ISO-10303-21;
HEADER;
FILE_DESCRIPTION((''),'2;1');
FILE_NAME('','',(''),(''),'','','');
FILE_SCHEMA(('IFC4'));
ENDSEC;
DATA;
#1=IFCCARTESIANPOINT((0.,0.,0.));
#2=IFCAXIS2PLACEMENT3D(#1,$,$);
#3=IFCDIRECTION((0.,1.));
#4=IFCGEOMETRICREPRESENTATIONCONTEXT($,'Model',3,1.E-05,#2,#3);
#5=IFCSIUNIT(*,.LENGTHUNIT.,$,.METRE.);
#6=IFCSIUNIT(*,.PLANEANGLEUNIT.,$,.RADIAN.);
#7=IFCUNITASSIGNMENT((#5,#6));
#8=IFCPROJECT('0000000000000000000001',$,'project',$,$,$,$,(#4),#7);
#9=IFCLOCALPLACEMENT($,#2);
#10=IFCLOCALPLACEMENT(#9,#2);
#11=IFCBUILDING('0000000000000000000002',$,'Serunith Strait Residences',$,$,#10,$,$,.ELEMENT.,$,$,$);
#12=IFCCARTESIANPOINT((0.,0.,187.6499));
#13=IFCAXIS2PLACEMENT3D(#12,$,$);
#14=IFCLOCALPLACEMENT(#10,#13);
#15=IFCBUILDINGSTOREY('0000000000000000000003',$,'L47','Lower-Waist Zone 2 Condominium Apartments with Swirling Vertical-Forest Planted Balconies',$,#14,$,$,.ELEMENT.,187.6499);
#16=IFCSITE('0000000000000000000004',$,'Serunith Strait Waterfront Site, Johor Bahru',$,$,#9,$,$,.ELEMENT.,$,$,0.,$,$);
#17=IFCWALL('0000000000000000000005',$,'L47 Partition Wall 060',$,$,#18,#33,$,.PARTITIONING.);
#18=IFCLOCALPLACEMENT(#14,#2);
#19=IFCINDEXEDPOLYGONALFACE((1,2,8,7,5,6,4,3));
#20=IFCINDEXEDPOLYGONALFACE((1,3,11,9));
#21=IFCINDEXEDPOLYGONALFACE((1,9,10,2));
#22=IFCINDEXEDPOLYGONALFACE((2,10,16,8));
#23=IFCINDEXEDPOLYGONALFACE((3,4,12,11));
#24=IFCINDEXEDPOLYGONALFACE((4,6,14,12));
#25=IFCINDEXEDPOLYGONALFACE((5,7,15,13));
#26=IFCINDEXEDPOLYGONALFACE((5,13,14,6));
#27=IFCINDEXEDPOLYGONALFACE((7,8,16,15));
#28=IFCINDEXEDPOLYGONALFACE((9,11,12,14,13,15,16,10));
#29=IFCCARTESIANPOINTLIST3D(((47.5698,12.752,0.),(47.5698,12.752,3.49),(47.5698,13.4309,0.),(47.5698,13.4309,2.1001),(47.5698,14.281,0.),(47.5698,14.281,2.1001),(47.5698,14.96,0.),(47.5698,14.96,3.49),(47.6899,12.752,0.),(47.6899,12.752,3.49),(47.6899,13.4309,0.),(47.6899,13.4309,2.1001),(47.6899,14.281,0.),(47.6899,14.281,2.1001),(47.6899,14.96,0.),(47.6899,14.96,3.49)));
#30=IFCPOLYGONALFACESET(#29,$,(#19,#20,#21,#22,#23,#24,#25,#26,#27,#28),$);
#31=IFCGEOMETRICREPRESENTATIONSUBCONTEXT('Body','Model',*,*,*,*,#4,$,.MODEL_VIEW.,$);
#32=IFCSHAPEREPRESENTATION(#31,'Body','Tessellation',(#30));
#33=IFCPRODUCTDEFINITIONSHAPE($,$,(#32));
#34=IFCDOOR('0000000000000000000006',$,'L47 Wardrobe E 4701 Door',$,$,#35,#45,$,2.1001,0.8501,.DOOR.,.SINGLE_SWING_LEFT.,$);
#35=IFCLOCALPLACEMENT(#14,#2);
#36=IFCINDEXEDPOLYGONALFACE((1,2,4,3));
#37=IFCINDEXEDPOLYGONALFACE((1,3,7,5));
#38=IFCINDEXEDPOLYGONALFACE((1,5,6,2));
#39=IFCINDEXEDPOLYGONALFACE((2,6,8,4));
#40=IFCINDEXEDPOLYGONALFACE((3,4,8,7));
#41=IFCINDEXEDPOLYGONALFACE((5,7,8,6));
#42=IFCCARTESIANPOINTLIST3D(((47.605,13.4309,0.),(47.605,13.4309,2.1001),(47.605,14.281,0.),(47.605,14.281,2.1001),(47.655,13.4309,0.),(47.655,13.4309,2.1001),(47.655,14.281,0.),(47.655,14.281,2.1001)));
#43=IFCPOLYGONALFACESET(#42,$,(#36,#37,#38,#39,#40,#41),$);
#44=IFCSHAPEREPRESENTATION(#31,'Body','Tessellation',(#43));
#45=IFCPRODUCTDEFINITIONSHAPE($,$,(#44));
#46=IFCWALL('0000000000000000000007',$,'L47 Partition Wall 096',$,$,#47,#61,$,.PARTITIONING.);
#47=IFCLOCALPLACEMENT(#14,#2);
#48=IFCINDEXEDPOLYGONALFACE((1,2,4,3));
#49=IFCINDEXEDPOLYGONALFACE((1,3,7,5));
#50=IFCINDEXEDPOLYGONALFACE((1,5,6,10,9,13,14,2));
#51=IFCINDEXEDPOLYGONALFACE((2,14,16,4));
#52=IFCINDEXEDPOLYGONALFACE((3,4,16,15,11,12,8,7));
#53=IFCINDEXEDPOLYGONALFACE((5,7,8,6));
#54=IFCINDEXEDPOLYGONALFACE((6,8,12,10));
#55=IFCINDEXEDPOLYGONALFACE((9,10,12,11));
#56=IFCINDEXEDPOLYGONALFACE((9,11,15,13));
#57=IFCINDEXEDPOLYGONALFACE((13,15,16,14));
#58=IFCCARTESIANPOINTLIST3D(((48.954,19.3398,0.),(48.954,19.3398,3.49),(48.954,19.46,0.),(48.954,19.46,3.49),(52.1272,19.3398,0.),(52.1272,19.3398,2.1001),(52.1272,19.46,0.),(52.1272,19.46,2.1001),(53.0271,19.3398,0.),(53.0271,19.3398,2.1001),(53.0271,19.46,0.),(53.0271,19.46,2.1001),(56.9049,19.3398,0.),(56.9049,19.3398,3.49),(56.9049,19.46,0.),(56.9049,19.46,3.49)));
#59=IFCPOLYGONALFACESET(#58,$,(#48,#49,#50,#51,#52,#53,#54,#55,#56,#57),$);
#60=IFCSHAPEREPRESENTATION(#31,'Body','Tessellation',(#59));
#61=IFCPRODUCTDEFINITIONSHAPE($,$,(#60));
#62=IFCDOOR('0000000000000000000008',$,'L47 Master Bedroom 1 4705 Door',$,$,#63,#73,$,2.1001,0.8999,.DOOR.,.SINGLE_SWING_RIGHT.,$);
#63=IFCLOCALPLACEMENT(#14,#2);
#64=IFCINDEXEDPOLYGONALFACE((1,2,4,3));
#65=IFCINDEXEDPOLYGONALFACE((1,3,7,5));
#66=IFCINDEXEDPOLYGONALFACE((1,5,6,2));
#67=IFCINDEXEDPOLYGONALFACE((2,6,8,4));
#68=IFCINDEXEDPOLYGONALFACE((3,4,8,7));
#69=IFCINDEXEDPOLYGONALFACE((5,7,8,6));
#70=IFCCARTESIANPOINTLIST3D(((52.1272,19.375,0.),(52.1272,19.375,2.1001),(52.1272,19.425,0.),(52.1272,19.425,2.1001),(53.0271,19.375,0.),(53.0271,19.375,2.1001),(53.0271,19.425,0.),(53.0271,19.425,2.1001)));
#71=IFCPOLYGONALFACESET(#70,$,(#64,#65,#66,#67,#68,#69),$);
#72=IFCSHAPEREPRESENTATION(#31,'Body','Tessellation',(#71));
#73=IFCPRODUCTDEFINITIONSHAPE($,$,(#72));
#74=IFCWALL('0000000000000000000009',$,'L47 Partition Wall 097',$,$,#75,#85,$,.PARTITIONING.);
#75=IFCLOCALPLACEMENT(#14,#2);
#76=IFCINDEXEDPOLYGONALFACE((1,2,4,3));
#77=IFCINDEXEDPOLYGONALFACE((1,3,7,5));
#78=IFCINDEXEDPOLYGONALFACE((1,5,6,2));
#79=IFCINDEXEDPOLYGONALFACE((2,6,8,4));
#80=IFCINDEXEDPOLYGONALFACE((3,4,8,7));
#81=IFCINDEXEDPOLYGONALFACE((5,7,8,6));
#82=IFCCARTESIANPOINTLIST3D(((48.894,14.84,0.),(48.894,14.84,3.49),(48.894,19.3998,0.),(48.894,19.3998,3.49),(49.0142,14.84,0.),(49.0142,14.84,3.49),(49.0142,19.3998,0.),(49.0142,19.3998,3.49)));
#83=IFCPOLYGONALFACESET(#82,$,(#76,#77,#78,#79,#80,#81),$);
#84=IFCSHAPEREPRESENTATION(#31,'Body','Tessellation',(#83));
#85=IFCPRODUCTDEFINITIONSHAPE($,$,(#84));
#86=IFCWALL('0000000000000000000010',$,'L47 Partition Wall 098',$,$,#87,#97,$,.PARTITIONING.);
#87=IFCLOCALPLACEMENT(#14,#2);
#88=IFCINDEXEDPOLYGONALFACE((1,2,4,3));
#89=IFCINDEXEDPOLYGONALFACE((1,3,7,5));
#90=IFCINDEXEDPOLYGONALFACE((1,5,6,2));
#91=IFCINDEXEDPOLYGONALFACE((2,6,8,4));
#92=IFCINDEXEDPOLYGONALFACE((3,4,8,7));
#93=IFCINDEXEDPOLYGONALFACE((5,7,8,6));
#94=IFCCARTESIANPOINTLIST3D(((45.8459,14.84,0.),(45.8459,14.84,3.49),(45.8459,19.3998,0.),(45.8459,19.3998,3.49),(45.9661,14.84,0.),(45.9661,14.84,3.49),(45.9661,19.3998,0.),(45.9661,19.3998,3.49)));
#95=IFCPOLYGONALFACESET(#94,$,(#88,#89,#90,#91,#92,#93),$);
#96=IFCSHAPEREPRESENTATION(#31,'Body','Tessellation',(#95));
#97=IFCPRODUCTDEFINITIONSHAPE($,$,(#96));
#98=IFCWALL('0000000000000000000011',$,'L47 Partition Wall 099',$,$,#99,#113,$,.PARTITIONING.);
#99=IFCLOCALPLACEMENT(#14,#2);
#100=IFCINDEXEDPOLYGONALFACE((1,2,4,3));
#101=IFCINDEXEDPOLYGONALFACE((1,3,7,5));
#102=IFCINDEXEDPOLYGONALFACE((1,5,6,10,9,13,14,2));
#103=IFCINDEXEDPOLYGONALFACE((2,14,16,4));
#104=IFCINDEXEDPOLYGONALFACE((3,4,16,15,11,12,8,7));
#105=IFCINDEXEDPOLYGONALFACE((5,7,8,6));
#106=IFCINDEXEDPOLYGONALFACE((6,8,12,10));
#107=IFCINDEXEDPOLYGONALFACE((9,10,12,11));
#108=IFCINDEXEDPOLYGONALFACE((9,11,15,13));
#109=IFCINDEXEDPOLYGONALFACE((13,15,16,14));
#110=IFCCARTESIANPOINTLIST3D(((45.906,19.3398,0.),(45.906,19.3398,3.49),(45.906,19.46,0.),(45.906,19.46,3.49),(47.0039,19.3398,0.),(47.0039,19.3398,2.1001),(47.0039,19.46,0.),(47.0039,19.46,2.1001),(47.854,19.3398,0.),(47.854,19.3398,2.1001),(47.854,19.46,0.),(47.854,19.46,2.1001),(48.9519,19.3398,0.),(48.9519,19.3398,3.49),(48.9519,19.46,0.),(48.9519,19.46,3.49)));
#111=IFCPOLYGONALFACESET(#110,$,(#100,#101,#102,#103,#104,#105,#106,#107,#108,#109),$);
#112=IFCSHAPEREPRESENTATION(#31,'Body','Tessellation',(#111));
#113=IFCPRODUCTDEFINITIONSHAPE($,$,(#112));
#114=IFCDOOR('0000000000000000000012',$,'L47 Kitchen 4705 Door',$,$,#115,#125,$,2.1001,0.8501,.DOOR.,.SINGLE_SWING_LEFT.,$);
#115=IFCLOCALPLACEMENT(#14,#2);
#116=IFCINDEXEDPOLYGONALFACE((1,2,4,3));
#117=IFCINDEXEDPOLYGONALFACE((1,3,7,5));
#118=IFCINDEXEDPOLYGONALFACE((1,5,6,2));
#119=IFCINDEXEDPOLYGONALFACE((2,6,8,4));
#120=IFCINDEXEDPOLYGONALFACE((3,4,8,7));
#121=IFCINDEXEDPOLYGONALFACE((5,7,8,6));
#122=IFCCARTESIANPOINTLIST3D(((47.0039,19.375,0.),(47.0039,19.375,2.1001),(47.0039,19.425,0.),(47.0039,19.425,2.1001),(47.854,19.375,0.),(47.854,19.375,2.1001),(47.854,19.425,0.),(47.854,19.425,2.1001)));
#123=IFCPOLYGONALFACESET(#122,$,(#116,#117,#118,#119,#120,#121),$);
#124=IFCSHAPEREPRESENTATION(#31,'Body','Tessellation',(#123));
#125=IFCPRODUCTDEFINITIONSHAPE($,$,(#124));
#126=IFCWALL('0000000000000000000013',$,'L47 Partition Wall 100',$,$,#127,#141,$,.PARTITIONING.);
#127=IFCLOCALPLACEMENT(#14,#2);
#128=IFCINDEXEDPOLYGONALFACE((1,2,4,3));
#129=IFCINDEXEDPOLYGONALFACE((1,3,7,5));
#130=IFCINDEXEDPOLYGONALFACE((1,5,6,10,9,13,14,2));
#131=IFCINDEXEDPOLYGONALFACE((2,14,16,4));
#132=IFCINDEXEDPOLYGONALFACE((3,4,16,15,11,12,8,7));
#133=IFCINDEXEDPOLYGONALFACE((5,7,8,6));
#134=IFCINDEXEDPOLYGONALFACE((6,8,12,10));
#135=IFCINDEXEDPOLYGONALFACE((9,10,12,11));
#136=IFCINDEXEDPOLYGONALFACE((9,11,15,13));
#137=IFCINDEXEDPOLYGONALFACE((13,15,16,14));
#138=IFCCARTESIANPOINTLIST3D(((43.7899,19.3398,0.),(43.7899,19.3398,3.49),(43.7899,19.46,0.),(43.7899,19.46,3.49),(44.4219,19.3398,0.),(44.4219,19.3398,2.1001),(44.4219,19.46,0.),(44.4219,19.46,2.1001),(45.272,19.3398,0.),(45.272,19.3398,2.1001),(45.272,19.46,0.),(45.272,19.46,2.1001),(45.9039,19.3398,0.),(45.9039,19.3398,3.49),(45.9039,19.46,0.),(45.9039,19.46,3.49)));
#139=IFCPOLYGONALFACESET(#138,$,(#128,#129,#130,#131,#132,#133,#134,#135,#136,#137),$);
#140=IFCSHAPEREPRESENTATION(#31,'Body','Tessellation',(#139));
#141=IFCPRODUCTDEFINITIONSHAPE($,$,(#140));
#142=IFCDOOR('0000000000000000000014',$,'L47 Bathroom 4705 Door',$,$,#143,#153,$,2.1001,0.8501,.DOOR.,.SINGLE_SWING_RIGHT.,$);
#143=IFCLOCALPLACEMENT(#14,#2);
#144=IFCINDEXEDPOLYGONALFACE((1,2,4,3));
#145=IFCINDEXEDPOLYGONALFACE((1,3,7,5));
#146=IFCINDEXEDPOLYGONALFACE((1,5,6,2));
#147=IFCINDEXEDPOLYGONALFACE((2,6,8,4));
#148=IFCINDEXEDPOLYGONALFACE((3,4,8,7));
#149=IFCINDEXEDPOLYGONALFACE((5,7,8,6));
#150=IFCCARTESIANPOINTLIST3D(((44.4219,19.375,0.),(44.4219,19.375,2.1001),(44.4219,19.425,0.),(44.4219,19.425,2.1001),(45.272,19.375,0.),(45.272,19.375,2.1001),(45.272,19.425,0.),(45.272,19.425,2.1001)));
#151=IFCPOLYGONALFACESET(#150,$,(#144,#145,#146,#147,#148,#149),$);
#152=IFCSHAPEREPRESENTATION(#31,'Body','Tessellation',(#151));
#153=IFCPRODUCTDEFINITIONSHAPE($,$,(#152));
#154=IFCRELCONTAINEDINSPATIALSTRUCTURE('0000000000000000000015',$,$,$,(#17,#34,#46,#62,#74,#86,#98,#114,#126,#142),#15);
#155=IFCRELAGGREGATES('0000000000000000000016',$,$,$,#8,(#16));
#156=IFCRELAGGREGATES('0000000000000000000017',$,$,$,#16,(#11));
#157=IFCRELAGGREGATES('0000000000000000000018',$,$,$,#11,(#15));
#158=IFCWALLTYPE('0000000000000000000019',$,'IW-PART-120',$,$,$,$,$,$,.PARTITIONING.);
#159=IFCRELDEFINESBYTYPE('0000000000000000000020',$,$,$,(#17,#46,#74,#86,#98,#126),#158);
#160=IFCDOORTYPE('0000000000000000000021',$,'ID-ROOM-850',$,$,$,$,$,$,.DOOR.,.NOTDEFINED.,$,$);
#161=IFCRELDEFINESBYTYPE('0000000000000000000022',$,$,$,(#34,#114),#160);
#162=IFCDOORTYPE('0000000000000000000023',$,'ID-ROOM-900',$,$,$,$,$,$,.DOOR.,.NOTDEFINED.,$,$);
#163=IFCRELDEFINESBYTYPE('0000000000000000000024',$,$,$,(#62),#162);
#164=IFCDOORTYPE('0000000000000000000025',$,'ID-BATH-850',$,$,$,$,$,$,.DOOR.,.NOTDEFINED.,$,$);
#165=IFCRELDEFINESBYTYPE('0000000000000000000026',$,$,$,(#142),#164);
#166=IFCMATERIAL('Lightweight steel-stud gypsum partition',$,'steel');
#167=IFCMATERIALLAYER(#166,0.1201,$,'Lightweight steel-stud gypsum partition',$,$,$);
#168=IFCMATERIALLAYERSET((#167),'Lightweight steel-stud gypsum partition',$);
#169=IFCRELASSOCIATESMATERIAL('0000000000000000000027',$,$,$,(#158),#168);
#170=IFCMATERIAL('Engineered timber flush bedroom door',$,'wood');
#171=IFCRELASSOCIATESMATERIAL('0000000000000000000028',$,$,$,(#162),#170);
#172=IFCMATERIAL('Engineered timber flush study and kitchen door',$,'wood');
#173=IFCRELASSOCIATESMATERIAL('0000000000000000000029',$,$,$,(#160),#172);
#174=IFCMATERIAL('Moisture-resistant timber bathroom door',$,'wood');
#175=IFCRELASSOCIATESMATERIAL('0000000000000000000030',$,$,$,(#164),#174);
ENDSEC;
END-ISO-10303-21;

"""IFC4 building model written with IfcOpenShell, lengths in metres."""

from ifc_helpers import new_model, si_unit, direction, frame, frame_2d, origin, place, context, subcontext, project, spatial, rectangle, extrude, source, transform, mapped, material, layer, layer_set, type_object, element, fill, save


model = new_model("IFC4")

# Units and contexts
model_context = context("Model", 3, precision=1e-05, world=origin(), true_north=direction((0.0, 1.0)))
body_context = subcontext(model_context, "Body", "Model", "MODEL_VIEW")
ifc_project = project(units=[si_unit("LENGTHUNIT", "METRE"), si_unit("PLANEANGLEUNIT", "RADIAN")], contexts=[model_context])

# Site, building, storey
site_placement = place(None, origin())
site = spatial("IfcSite", under=ifc_project, at=site_placement, Name="Serunith Strait Waterfront Site, Johor Bahru", CompositionType="ELEMENT", RefElevation=0.0)
building_placement = place(site_placement, origin())
building = spatial("IfcBuilding", under=site, at=building_placement, Name="Serunith Strait Residences", CompositionType="ELEMENT")
storey_placement = place(building_placement, frame((0.0, 0.0, 187.6499)))
storey = spatial("IfcBuildingStorey", under=building, at=storey_placement, Name="L47", Description="Lower-Waist Zone 2 Condominium Apartments with Swirling Vertical-Forest Planted Balconies", CompositionType="ELEMENT", Elevation=187.6499)

# Shared definitions
ifc_material_1 = material(Name="Lightweight steel-stud gypsum partition", Category="steel")
ifc_layer_1 = layer(ifc_material_1, 0.1201, Name="Lightweight steel-stud gypsum partition")
ifc_layer_set_1 = layer_set([ifc_layer_1], Name="Lightweight steel-stud gypsum partition")
wall_type = type_object("IfcWallType", Name="IW-PART-120", PredefinedType="PARTITIONING", material=ifc_layer_set_1)
ifc_material_2 = material(Name="Engineered timber flush bedroom door", Category="wood")
door_type_1 = type_object("IfcDoorType", Name="ID-ROOM-900", OperationType="NOTDEFINED", PredefinedType="DOOR", material=ifc_material_2)
shared_shape_1 = source(origin(), body_context, "Body", "SweptSolid", [
    extrude(rectangle(XDim=0.8999, YDim=2.1001, at=frame_2d((0.45, 1.05))), frame((0.0, 0.0249, 0.0), z_axis=(0.0, -1.0, 0.0), x_axis=(1.0, 0.0, 0.0)), (0.0, 0.0, 1.0), 0.05),
])

# Walls, openings, doors
wall_1_placement = place(storey_placement, frame((47.6299, 12.752, 0.0), z_axis=(0.0, 0.0, 1.0), x_axis=(0.0, 1.0, 0.0)))
wall_1 = element("IfcWall", 1, at=wall_1_placement, inside=storey, type_object=wall_type, Name="L47 Partition Wall 060", PredefinedType="PARTITIONING", context=body_context, shape_type="SweptSolid", body=[
    extrude(rectangle(XDim=2.208, YDim=0.1201, at=frame_2d((1.104, 0.0))), origin(), (0.0, 0.0, 1.0), 3.49),
])
opening_1_placement = place(wall_1_placement, frame((0.679, 0.0, 0.0)))
opening_1 = element("IfcOpeningElement", 2, at=opening_1_placement, cuts=wall_1, PredefinedType="OPENING", context=body_context, shape_type="SweptSolid", body=[
    extrude(rectangle(XDim=0.8501, YDim=2.1001, at=frame_2d((0.425, 1.05))), frame((0.0, 0.0701, 0.0), z_axis=(0.0, -1.0, 0.0), x_axis=(1.0, 0.0, 0.0)), (0.0, 0.0, 1.0), 0.1401),
])
ifc_material_3 = material(Name="Engineered timber flush study and kitchen door", Category="wood")
door_type_2 = type_object("IfcDoorType", Name="ID-ROOM-850", OperationType="NOTDEFINED", PredefinedType="DOOR", material=ifc_material_3)
shared_shape_2 = source(origin(), body_context, "Body", "SweptSolid", [
    extrude(rectangle(XDim=0.8501, YDim=2.1001, at=frame_2d((0.425, 1.05))), frame((0.0, 0.0249, 0.0), z_axis=(0.0, -1.0, 0.0), x_axis=(1.0, 0.0, 0.0)), (0.0, 0.0, 1.0), 0.05),
])
door_1_placement = place(opening_1_placement, origin())
door_1 = element("IfcDoor", 3, at=door_1_placement, inside=storey, type_object=door_type_2, Name="L47 Wardrobe E 4701 Door", OperationType="SINGLE_SWING_LEFT", OverallHeight=2.1001, OverallWidth=0.8501, PredefinedType="DOOR", context=body_context, shape_type="MappedRepresentation", body=[
    mapped(shared_shape_2, transform((0.0, 0.0, 0.0), scale=1.0)),
])
fill(opening_1, door_1)
wall_2_placement = place(storey_placement, frame((56.905, 19.3999, 0.0), z_axis=(0.0, 0.0, 1.0), x_axis=(-1.0, 0.0, 0.0)))
wall_2 = element("IfcWall", 4, at=wall_2_placement, inside=storey, type_object=wall_type, Name="L47 Partition Wall 096", PredefinedType="PARTITIONING", context=body_context, shape_type="SweptSolid", body=[
    extrude(rectangle(XDim=7.9509, YDim=0.1201, at=frame_2d((3.9756, 0.0))), origin(), (0.0, 0.0, 1.0), 3.49),
])
opening_2_placement = place(wall_2_placement, frame((3.8779, 0.0, 0.0)))
opening_2 = element("IfcOpeningElement", 5, at=opening_2_placement, cuts=wall_2, PredefinedType="OPENING", context=body_context, shape_type="SweptSolid", body=[
    extrude(rectangle(XDim=0.8999, YDim=2.1001, at=frame_2d((0.45, 1.05))), frame((0.0, 0.0701, 0.0), z_axis=(0.0, -1.0, 0.0), x_axis=(1.0, 0.0, 0.0)), (0.0, 0.0, 1.0), 0.1401),
])
door_2_placement = place(opening_2_placement, origin())
door_2 = element("IfcDoor", 6, at=door_2_placement, inside=storey, type_object=door_type_1, Name="L47 Master Bedroom 1 4705 Door", OperationType="SINGLE_SWING_RIGHT", OverallHeight=2.1001, OverallWidth=0.8999, PredefinedType="DOOR", context=body_context, shape_type="MappedRepresentation", body=[
    mapped(shared_shape_1, transform((0.0, 0.0, 0.0), scale=1.0)),
])
fill(opening_2, door_2)

# Walls
for number, where, z_axis, x_axis, name in (
    (7, (48.9541, 14.8401, 0.0), (0.0, 0.0, 1.0), (0.0, 1.0, 0.0), "L47 Partition Wall 097"),
    (8, (45.906, 14.8401, 0.0), (0.0, 0.0, 1.0), (0.0, 1.0, 0.0), "L47 Partition Wall 098"),
):
    element("IfcWall", number, at=place(storey_placement, frame(where, z_axis=z_axis, x_axis=x_axis)), inside=storey, type_object=wall_type, Name=name, PredefinedType="PARTITIONING", context=body_context, shape_type="SweptSolid", body=[
        extrude(rectangle(XDim=4.5598, YDim=0.1201, at=frame_2d((2.2798, 0.0))), origin(), (0.0, 0.0, 1.0), 3.49),
    ])

# Walls, openings, doors
wall_3_placement = place(storey_placement, frame((48.9519, 19.3999, 0.0), z_axis=(0.0, 0.0, 1.0), x_axis=(-1.0, 0.0, 0.0)))
wall_3 = element("IfcWall", 9, at=wall_3_placement, inside=storey, type_object=wall_type, Name="L47 Partition Wall 099", PredefinedType="PARTITIONING", context=body_context, shape_type="SweptSolid", body=[
    extrude(rectangle(XDim=3.0459, YDim=0.1201, at=frame_2d((1.5229, 0.0))), origin(), (0.0, 0.0, 1.0), 3.49),
])
opening_3_placement = place(wall_3_placement, frame((1.0979, 0.0, 0.0)))
opening_3 = element("IfcOpeningElement", 10, at=opening_3_placement, cuts=wall_3, PredefinedType="OPENING", context=body_context, shape_type="SweptSolid", body=[
    extrude(rectangle(XDim=0.8501, YDim=2.1001, at=frame_2d((0.425, 1.05))), frame((0.0, 0.0701, 0.0), z_axis=(0.0, -1.0, 0.0), x_axis=(1.0, 0.0, 0.0)), (0.0, 0.0, 1.0), 0.1401),
])
door_3_placement = place(opening_3_placement, origin())
door_3 = element("IfcDoor", 11, at=door_3_placement, inside=storey, type_object=door_type_2, Name="L47 Kitchen 4705 Door", OperationType="SINGLE_SWING_LEFT", OverallHeight=2.1001, OverallWidth=0.8501, PredefinedType="DOOR", context=body_context, shape_type="MappedRepresentation", body=[
    mapped(shared_shape_2, transform((0.0, 0.0, 0.0), scale=1.0)),
])
fill(opening_3, door_3)
wall_4_placement = place(storey_placement, frame((45.9041, 19.3999, 0.0), z_axis=(0.0, 0.0, 1.0), x_axis=(-1.0, 0.0, 0.0)))
wall_4 = element("IfcWall", 12, at=wall_4_placement, inside=storey, type_object=wall_type, Name="L47 Partition Wall 100", PredefinedType="PARTITIONING", context=body_context, shape_type="SweptSolid", body=[
    extrude(rectangle(XDim=2.114, YDim=0.1201, at=frame_2d((1.0571, 0.0))), origin(), (0.0, 0.0, 1.0), 3.49),
])
opening_4_placement = place(wall_4_placement, frame((0.6321, 0.0, 0.0)))
opening_4 = element("IfcOpeningElement", 13, at=opening_4_placement, cuts=wall_4, PredefinedType="OPENING", context=body_context, shape_type="SweptSolid", body=[
    extrude(rectangle(XDim=0.8501, YDim=2.1001, at=frame_2d((0.425, 1.05))), frame((0.0, 0.0701, 0.0), z_axis=(0.0, -1.0, 0.0), x_axis=(1.0, 0.0, 0.0)), (0.0, 0.0, 1.0), 0.1401),
])
ifc_material_4 = material(Name="Moisture-resistant timber bathroom door", Category="wood")
door_type_3 = type_object("IfcDoorType", Name="ID-BATH-850", OperationType="NOTDEFINED", PredefinedType="DOOR", material=ifc_material_4)
door_4_placement = place(opening_4_placement, origin())
door_4 = element("IfcDoor", 14, at=door_4_placement, inside=storey, type_object=door_type_3, Name="L47 Bathroom 4705 Door", OperationType="SINGLE_SWING_RIGHT", OverallHeight=2.1001, OverallWidth=0.8501, PredefinedType="DOOR", context=body_context, shape_type="MappedRepresentation", body=[
    mapped(shared_shape_2, transform((0.0, 0.0, 0.0), scale=1.0)),
])
fill(opening_4, door_4)

save(model, "model.ifc")
